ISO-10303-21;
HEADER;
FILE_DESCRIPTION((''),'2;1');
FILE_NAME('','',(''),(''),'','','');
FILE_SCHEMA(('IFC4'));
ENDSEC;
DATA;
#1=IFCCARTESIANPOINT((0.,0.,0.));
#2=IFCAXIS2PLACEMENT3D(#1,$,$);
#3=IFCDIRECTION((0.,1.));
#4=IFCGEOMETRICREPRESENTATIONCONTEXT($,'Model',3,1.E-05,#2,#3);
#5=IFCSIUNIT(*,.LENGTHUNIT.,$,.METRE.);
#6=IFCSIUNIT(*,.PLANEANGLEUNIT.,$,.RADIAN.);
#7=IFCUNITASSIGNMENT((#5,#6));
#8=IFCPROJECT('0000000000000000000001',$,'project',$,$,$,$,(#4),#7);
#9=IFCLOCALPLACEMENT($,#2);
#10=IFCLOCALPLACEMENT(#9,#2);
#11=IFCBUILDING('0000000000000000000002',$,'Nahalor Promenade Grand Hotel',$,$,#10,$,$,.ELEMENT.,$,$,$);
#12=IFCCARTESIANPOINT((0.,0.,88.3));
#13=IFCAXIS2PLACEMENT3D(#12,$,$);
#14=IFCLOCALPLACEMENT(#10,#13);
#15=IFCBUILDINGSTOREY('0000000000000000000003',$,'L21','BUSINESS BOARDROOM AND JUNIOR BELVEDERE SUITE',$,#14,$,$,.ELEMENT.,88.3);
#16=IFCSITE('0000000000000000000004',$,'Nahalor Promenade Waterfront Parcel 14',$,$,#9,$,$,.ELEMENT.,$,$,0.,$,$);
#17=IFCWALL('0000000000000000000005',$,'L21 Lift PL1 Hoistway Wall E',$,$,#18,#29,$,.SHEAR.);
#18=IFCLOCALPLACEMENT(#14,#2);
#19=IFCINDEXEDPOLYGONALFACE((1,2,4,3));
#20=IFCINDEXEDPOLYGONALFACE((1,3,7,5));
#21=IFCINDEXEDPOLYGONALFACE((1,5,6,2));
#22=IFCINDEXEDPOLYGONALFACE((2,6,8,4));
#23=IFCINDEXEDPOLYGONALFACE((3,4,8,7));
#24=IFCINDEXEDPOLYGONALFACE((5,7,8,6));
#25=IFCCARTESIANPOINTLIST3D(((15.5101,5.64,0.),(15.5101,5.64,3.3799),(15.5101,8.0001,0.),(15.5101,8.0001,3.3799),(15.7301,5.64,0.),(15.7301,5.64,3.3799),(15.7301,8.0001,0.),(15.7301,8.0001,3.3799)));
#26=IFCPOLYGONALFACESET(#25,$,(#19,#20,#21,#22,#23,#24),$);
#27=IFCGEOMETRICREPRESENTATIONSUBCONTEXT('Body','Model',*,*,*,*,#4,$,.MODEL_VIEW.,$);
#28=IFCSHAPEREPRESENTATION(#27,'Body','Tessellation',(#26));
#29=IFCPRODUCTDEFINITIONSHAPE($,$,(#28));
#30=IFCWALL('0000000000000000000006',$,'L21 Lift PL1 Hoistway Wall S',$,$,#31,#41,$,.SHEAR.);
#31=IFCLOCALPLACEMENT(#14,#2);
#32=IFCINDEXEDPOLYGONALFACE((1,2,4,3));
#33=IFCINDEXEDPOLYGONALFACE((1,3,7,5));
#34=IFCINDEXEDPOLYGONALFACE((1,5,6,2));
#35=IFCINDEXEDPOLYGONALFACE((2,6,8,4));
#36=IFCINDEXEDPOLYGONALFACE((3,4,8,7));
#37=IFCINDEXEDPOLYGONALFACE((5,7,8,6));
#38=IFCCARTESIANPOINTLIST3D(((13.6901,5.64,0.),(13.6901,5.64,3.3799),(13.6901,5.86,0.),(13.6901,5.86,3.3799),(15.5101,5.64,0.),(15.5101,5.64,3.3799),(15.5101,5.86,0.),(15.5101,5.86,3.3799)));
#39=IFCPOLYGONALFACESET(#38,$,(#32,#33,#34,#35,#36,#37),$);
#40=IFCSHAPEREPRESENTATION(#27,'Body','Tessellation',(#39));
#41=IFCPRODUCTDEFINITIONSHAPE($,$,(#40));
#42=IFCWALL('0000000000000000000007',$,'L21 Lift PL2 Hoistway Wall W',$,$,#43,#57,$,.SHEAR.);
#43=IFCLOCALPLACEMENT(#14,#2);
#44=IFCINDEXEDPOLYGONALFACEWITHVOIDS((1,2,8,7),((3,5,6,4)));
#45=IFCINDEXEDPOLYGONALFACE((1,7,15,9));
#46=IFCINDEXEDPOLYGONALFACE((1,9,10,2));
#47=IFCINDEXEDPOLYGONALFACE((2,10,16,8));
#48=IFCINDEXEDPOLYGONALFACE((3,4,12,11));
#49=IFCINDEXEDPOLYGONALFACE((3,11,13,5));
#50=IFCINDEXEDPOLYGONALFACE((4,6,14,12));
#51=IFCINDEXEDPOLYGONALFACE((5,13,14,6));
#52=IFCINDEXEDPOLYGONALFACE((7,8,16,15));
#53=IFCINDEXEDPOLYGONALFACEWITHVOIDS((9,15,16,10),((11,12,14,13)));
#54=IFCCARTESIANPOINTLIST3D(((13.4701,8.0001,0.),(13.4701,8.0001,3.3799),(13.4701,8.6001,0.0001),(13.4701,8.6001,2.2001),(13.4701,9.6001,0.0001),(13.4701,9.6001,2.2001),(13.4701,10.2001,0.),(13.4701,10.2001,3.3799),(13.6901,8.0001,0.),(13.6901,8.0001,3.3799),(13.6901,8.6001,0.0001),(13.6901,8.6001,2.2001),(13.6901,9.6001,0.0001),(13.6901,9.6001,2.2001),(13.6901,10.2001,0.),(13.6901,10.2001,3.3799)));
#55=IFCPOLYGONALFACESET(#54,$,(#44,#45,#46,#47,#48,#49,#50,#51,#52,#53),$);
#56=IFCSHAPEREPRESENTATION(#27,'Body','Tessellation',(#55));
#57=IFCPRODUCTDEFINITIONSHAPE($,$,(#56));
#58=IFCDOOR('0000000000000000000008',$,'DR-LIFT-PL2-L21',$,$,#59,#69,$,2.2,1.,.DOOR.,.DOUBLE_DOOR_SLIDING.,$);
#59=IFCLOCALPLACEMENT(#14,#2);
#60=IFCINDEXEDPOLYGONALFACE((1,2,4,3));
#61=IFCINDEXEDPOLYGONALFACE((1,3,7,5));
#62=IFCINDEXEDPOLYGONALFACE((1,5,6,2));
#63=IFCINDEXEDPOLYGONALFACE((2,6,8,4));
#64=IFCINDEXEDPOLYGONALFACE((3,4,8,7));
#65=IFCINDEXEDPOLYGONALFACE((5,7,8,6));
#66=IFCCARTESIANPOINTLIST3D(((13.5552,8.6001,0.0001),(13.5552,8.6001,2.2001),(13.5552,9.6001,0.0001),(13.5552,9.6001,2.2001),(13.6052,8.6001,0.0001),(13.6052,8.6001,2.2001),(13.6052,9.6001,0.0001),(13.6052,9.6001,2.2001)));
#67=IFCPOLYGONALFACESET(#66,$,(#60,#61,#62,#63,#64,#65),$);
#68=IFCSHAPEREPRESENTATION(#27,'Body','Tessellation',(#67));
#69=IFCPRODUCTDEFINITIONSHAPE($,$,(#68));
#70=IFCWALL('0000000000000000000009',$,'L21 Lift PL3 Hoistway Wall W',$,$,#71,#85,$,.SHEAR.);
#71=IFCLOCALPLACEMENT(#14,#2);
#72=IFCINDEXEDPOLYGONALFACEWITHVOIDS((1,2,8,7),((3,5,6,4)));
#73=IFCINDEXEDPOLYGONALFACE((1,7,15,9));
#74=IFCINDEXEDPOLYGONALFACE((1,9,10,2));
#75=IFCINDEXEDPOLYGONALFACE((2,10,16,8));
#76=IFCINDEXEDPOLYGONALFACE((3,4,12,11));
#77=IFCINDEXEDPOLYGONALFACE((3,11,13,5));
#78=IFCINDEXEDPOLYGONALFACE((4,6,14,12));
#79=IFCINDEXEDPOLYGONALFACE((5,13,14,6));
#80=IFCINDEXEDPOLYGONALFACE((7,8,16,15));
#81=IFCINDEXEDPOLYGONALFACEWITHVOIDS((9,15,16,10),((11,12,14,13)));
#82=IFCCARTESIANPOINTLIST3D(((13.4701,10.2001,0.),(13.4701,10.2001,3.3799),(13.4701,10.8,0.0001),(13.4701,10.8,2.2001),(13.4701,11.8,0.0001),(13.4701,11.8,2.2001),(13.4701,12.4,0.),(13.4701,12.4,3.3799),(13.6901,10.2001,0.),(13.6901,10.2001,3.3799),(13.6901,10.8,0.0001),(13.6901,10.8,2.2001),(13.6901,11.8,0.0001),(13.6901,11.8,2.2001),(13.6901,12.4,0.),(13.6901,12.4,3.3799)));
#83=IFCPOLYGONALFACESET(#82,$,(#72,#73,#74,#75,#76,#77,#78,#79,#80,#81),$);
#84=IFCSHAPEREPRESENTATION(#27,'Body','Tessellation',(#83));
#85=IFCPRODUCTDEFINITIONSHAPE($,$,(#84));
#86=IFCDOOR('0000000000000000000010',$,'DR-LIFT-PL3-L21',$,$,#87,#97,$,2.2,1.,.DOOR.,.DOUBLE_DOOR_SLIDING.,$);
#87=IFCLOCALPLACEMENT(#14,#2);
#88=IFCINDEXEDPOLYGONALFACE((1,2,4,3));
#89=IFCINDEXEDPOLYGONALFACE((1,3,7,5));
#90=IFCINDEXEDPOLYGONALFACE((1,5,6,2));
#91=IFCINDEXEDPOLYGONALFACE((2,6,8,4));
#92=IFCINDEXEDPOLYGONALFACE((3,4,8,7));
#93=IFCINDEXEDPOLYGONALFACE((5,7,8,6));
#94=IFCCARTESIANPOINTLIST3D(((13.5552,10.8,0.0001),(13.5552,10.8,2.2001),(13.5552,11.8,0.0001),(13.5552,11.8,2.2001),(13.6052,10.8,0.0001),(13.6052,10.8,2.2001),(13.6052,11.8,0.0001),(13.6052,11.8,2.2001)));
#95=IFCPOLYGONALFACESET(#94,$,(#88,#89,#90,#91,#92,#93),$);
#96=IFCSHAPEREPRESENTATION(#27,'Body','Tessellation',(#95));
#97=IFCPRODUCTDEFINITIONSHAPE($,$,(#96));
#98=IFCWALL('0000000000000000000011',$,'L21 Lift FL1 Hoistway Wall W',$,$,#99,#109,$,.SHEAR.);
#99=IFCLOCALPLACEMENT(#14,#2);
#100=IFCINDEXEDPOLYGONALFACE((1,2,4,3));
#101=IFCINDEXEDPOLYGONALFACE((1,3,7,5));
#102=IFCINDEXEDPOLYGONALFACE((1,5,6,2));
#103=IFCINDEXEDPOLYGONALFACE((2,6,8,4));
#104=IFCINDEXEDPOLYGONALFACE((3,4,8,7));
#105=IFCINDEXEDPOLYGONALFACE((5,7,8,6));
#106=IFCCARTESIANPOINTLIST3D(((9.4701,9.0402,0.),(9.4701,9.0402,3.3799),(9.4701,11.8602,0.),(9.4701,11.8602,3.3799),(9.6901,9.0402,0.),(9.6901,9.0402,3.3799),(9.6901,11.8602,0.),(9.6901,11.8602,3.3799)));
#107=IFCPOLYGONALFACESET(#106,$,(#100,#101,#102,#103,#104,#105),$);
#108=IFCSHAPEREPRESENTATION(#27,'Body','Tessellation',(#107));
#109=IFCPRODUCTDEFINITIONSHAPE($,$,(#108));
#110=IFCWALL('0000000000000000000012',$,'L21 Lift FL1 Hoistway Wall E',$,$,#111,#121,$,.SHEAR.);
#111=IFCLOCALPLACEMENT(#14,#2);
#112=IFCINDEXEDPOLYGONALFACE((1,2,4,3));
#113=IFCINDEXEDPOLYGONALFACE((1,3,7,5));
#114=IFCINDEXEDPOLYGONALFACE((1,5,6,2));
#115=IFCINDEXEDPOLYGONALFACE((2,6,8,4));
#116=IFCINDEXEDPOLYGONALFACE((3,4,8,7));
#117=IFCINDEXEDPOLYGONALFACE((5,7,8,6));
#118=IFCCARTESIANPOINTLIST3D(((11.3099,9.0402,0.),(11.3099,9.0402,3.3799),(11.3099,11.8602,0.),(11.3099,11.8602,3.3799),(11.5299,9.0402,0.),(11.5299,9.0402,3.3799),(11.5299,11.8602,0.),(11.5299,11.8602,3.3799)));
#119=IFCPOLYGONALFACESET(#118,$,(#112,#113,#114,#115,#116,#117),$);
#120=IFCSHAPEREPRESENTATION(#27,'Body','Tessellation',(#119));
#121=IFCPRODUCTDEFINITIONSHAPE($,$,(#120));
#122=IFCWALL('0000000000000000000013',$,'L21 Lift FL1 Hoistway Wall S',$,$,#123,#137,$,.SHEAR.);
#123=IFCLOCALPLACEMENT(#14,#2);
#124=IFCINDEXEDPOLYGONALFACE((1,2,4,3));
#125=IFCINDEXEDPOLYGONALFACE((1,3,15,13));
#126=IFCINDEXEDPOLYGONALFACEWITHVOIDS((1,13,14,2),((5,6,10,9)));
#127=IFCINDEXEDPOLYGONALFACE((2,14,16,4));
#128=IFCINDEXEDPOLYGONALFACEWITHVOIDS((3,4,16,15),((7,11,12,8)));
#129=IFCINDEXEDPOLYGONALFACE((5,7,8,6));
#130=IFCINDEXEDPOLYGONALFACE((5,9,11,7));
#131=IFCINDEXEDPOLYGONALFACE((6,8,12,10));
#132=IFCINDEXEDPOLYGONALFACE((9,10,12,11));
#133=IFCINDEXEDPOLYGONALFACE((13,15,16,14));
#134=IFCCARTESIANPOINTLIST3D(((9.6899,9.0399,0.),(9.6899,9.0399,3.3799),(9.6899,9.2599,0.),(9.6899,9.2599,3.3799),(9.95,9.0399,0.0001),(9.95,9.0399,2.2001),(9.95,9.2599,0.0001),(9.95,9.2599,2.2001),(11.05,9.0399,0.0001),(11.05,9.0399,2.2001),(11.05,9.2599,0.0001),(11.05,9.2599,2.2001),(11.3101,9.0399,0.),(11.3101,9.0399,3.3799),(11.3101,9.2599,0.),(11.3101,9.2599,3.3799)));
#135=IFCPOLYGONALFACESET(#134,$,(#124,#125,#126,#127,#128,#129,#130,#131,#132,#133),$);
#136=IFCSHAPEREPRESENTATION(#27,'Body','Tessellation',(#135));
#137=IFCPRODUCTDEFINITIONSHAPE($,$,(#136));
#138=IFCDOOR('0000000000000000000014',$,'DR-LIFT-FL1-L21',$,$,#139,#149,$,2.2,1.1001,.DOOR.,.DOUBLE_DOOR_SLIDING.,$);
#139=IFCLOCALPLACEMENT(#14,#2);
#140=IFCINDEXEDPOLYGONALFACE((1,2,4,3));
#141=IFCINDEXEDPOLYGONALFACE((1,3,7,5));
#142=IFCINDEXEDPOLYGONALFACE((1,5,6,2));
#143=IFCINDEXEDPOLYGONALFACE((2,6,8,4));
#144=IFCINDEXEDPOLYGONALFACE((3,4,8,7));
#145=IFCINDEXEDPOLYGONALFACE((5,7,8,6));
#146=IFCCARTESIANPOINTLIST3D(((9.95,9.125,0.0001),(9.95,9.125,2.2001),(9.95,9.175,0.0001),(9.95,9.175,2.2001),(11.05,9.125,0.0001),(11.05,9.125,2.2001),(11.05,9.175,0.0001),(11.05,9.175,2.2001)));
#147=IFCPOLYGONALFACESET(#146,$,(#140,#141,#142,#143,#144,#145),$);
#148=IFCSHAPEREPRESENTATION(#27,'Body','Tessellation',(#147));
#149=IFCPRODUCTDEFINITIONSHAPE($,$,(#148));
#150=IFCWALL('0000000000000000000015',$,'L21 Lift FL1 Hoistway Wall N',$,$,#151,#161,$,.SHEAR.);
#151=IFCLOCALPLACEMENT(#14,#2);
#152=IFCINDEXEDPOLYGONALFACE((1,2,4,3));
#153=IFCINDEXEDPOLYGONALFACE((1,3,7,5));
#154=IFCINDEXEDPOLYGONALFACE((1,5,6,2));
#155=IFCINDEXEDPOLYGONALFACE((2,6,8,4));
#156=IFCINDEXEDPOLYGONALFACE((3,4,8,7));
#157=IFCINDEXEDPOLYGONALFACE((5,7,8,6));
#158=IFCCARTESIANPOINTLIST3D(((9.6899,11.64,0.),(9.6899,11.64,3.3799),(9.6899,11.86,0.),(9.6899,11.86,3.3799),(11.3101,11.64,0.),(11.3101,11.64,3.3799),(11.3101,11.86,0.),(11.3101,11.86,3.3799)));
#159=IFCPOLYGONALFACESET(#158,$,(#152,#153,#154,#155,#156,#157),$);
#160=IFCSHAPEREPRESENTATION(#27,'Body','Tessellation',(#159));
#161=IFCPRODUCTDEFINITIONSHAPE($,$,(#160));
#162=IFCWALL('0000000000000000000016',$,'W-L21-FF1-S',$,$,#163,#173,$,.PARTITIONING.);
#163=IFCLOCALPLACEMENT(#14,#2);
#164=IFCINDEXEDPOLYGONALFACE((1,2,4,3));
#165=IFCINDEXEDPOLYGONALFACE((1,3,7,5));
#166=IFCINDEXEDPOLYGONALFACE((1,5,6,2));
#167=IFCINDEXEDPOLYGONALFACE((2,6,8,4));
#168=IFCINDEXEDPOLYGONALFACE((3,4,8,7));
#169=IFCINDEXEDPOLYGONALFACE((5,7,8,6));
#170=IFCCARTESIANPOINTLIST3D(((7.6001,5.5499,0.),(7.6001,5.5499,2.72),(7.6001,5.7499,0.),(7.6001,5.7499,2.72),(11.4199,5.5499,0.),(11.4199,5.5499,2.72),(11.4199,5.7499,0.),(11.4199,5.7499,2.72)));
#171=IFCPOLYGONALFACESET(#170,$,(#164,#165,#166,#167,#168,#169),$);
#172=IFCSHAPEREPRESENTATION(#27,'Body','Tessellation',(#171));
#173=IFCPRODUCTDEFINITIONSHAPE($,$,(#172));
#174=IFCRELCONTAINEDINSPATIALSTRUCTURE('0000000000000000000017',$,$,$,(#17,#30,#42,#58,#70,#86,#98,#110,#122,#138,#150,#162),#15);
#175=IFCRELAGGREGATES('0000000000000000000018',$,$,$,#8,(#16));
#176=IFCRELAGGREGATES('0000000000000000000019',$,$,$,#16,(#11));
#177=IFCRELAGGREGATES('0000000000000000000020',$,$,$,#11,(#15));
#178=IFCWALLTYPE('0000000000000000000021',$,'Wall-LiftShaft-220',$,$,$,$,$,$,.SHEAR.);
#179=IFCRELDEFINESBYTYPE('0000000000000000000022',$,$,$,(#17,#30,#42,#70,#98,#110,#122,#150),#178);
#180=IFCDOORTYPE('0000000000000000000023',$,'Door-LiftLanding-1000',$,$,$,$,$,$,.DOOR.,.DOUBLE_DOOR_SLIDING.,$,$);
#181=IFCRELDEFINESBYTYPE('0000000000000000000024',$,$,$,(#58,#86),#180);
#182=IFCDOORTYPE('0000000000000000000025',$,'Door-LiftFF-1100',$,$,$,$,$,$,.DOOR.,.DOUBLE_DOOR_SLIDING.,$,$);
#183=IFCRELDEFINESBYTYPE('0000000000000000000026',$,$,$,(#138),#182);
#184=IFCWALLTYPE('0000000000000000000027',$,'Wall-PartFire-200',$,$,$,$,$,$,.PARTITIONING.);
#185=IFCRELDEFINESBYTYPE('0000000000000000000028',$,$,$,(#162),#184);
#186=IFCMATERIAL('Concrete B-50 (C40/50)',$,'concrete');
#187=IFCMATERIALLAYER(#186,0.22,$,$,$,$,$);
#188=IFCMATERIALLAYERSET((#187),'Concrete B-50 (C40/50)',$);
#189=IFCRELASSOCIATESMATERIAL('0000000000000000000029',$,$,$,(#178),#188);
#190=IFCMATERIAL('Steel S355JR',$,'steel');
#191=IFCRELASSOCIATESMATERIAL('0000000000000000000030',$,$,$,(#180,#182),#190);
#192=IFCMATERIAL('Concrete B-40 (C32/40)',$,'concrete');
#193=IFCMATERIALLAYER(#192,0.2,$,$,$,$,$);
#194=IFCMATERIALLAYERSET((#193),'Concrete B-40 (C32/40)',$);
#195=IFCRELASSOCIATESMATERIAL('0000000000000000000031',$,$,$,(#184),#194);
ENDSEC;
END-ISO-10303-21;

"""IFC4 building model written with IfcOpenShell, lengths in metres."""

from ifc_helpers import new_model, si_unit, direction, frame, frame_2d, origin, place, context, subcontext, project, spatial, rectangle, extrude, source, transform, mapped, material, layer, layer_set, type_object, element, fill, save


model = new_model("IFC4")

# Units and contexts
model_context = context("Model", 3, precision=1e-05, world=origin(), true_north=direction((0.0, 1.0)))
body_context = subcontext(model_context, "Body", "Model", "MODEL_VIEW")
ifc_project = project(units=[si_unit("LENGTHUNIT", "METRE"), si_unit("PLANEANGLEUNIT", "RADIAN")], contexts=[model_context])

# Site, building, storey
site_placement = place(None, origin())
site = spatial("IfcSite", under=ifc_project, at=site_placement, Name="Nahalor Promenade Waterfront Parcel 14", CompositionType="ELEMENT", RefElevation=0.0)
building_placement = place(site_placement, origin())
building = spatial("IfcBuilding", under=site, at=building_placement, Name="Nahalor Promenade Grand Hotel", CompositionType="ELEMENT")
storey_placement = place(building_placement, frame((0.0, 0.0, 88.3)))
storey = spatial("IfcBuildingStorey", under=building, at=storey_placement, Name="L21", Description="BUSINESS BOARDROOM AND JUNIOR BELVEDERE SUITE", CompositionType="ELEMENT", Elevation=88.3)

# Shared definitions
ifc_material_1 = material(Name="Steel S355JR", Category="steel")

# Shared definitions
ifc_material_2 = material(Name="Concrete B-50 (C40/50)", Category="concrete")

# Shared definitions
ifc_layer_1 = layer(ifc_material_2, 0.22)
ifc_layer_set_1 = layer_set([ifc_layer_1], Name="Concrete B-50 (C40/50)")
wall_type_1 = type_object("IfcWallType", Name="Wall-LiftShaft-220", PredefinedType="SHEAR", material=ifc_layer_set_1)

# Shared definitions
shared_shape_1 = source(origin(), body_context, "Body", "SweptSolid", [
    extrude(rectangle(XDim=2.3601, YDim=0.22, at=frame_2d((1.1802, 0.0))), origin(), (0.0, 0.0, 1.0), 3.3799),
])
door_type_1 = type_object("IfcDoorType", Name="Door-LiftLanding-1000", OperationType="DOUBLE_DOOR_SLIDING", PredefinedType="DOOR", material=ifc_material_1)
shared_shape_2 = source(origin(), body_context, "Body", "SweptSolid", [
    extrude(rectangle(XDim=1.0, YDim=2.2, at=frame_2d((0.5, 1.1001))), frame((0.0, 0.0249, 0.0), z_axis=(0.0, -1.0, 0.0), x_axis=(1.0, 0.0, 0.0)), (0.0, 0.0, 1.0), 0.05),
])

# Walls
wall_1_placement = place(storey_placement, frame((15.6201, 5.6399, 0.0), z_axis=(0.0, 0.0, 1.0), x_axis=(0.0, 1.0, 0.0)))
element("IfcWall", 1, at=wall_1_placement, inside=storey, type_object=wall_type_1, Name="L21 Lift PL1 Hoistway Wall E", PredefinedType="SHEAR", context=body_context, shape_type="MappedRepresentation", body=[
    mapped(shared_shape_1, transform((0.0, 0.0, 0.0), scale=1.0)),
])
shared_shape_3 = source(origin(), body_context, "Body", "SweptSolid", [
    extrude(rectangle(XDim=1.8201, YDim=0.22, at=frame_2d((0.9102, 0.0))), origin(), (0.0, 0.0, 1.0), 3.3799),
])
wall_2_placement = place(storey_placement, frame((13.6899, 5.75, 0.0), z_axis=(0.0, 0.0, 1.0), x_axis=(1.0, 0.0, 0.0)))
element("IfcWall", 2, at=wall_2_placement, inside=storey, type_object=wall_type_1, Name="L21 Lift PL1 Hoistway Wall S", PredefinedType="SHEAR", context=body_context, shape_type="MappedRepresentation", body=[
    mapped(shared_shape_3, transform((0.0, 0.0, 0.0), scale=1.0)),
])

# Walls, openings, doors
shared_shape_4 = source(origin(), body_context, "Body", "SweptSolid", [
    extrude(rectangle(XDim=2.2, YDim=0.22, at=frame_2d((1.1001, 0.0))), origin(), (0.0, 0.0, 1.0), 3.3799),
])
wall_3_placement = place(storey_placement, frame((13.5801, 8.0, 0.0), z_axis=(0.0, 0.0, 1.0), x_axis=(0.0, 1.0, 0.0)))
wall_3 = element("IfcWall", 3, at=wall_3_placement, inside=storey, type_object=wall_type_1, Name="L21 Lift PL2 Hoistway Wall W", PredefinedType="SHEAR", context=body_context, shape_type="MappedRepresentation", body=[
    mapped(shared_shape_4, transform((0.0, 0.0, 0.0), scale=1.0)),
])
opening_1_placement = place(wall_3_placement, frame((0.6001, 0.0, 0.0)))
opening_1 = element("IfcOpeningElement", 4, at=opening_1_placement, cuts=wall_3, PredefinedType="OPENING", context=body_context, shape_type="SweptSolid", body=[
    extrude(rectangle(XDim=1.0, YDim=2.2, at=frame_2d((0.5, 1.1001))), frame((0.0, 0.1199, 0.0), z_axis=(0.0, -1.0, 0.0), x_axis=(1.0, 0.0, 0.0)), (0.0, 0.0, 1.0), 0.24),
])
door_1_placement = place(opening_1_placement, origin())
door_1 = element("IfcDoor", 5, at=door_1_placement, inside=storey, type_object=door_type_1, Name="DR-LIFT-PL2-L21", OperationType="DOUBLE_DOOR_SLIDING", OverallHeight=2.2, OverallWidth=1.0, PredefinedType="DOOR", context=body_context, shape_type="MappedRepresentation", body=[
    mapped(shared_shape_2, transform((0.0, 0.0, 0.0), scale=1.0)),
])
fill(opening_1, door_1)
wall_4_placement = place(storey_placement, frame((13.5801, 10.2, 0.0), z_axis=(0.0, 0.0, 1.0), x_axis=(0.0, 1.0, 0.0)))
wall_4 = element("IfcWall", 6, at=wall_4_placement, inside=storey, type_object=wall_type_1, Name="L21 Lift PL3 Hoistway Wall W", PredefinedType="SHEAR", context=body_context, shape_type="MappedRepresentation", body=[
    mapped(shared_shape_4, transform((0.0, 0.0, 0.0), scale=1.0)),
])
opening_2_placement = place(wall_4_placement, frame((0.6001, 0.0, 0.0)))
opening_2 = element("IfcOpeningElement", 7, at=opening_2_placement, cuts=wall_4, PredefinedType="OPENING", context=body_context, shape_type="SweptSolid", body=[
    extrude(rectangle(XDim=1.0, YDim=2.2, at=frame_2d((0.5, 1.1001))), frame((0.0, 0.1199, 0.0), z_axis=(0.0, -1.0, 0.0), x_axis=(1.0, 0.0, 0.0)), (0.0, 0.0, 1.0), 0.24),
])
door_2_placement = place(opening_2_placement, origin())
door_2 = element("IfcDoor", 8, at=door_2_placement, inside=storey, type_object=door_type_1, Name="DR-LIFT-PL3-L21", OperationType="DOUBLE_DOOR_SLIDING", OverallHeight=2.2, OverallWidth=1.0, PredefinedType="DOOR", context=body_context, shape_type="MappedRepresentation", body=[
    mapped(shared_shape_2, transform((0.0, 0.0, 0.0), scale=1.0)),
])
fill(opening_2, door_2)

# Walls
shared_shape_5 = source(origin(), body_context, "Body", "SweptSolid", [
    extrude(rectangle(XDim=2.8201, YDim=0.22, at=frame_2d((1.4102, 0.0))), origin(), (0.0, 0.0, 1.0), 3.3799),
])
for number, where, z_axis, x_axis, name in (
    (9, (9.5801, 9.04, 0.0), (0.0, 0.0, 1.0), (0.0, 1.0, 0.0), "L21 Lift FL1 Hoistway Wall W"),
    (10, (11.4199, 9.04, 0.0), (0.0, 0.0, 1.0), (0.0, 1.0, 0.0), "L21 Lift FL1 Hoistway Wall E"),
):
    element("IfcWall", number, at=place(storey_placement, frame(where, z_axis=z_axis, x_axis=x_axis)), inside=storey, type_object=wall_type_1, Name=name, PredefinedType="SHEAR", context=body_context, shape_type="MappedRepresentation", body=[
        mapped(shared_shape_5, transform((0.0, 0.0, 0.0), scale=1.0)),
    ])

# Wall, opening, door
shared_shape_6 = source(origin(), body_context, "Body", "SweptSolid", [
    extrude(rectangle(XDim=1.6201, YDim=0.22, at=frame_2d((0.8101, 0.0))), origin(), (0.0, 0.0, 1.0), 3.3799),
])
wall_5_placement = place(storey_placement, frame((9.6899, 9.1499, 0.0), z_axis=(0.0, 0.0, 1.0), x_axis=(1.0, 0.0, 0.0)))
wall_5 = element("IfcWall", 11, at=wall_5_placement, inside=storey, type_object=wall_type_1, Name="L21 Lift FL1 Hoistway Wall S", PredefinedType="SHEAR", context=body_context, shape_type="MappedRepresentation", body=[
    mapped(shared_shape_6, transform((0.0, 0.0, 0.0), scale=1.0)),
])
opening_3_placement = place(wall_5_placement, frame((0.26, 0.0, 0.0)))
opening_3 = element("IfcOpeningElement", 12, at=opening_3_placement, cuts=wall_5, PredefinedType="OPENING", context=body_context, shape_type="SweptSolid", body=[
    extrude(rectangle(XDim=1.1001, YDim=2.2, at=frame_2d((0.55, 1.1001))), frame((0.0, 0.1199, 0.0), z_axis=(0.0, -1.0, 0.0), x_axis=(1.0, 0.0, 0.0)), (0.0, 0.0, 1.0), 0.24),
])
door_type_2 = type_object("IfcDoorType", Name="Door-LiftFF-1100", OperationType="DOUBLE_DOOR_SLIDING", PredefinedType="DOOR", material=ifc_material_1)
shared_shape_7 = source(origin(), body_context, "Body", "SweptSolid", [
    extrude(rectangle(XDim=1.1001, YDim=2.2, at=frame_2d((0.55, 1.1001))), frame((0.0, 0.0249, 0.0), z_axis=(0.0, -1.0, 0.0), x_axis=(1.0, 0.0, 0.0)), (0.0, 0.0, 1.0), 0.05),
])
door_3_placement = place(opening_3_placement, frame((1.1001, 0.0, 0.0), z_axis=(0.0, 0.0, 1.0), x_axis=(-1.0, 0.0, 0.0)))
door_3 = element("IfcDoor", 13, at=door_3_placement, inside=storey, type_object=door_type_2, Name="DR-LIFT-FL1-L21", OperationType="DOUBLE_DOOR_SLIDING", OverallHeight=2.2, OverallWidth=1.1001, PredefinedType="DOOR", context=body_context, shape_type="MappedRepresentation", body=[
    mapped(shared_shape_7, transform((0.0, 0.0, 0.0), scale=1.0)),
])
fill(opening_3, door_3)

# Walls
wall_6_placement = place(storey_placement, frame((9.6899, 11.75, 0.0), z_axis=(0.0, 0.0, 1.0), x_axis=(1.0, 0.0, 0.0)))
element("IfcWall", 14, at=wall_6_placement, inside=storey, type_object=wall_type_1, Name="L21 Lift FL1 Hoistway Wall N", PredefinedType="SHEAR", context=body_context, shape_type="MappedRepresentation", body=[
    mapped(shared_shape_6, transform((0.0, 0.0, 0.0), scale=1.0)),
])
ifc_material_3 = material(Name="Concrete B-40 (C32/40)", Category="concrete")
ifc_layer_2 = layer(ifc_material_3, 0.2)
ifc_layer_set_2 = layer_set([ifc_layer_2], Name="Concrete B-40 (C32/40)")
wall_type_2 = type_object("IfcWallType", Name="Wall-PartFire-200", PredefinedType="PARTITIONING", material=ifc_layer_set_2)
shared_shape_8 = source(origin(), body_context, "Body", "SweptSolid", [
    extrude(rectangle(XDim=3.8198, YDim=0.2, at=frame_2d((1.9099, 0.0))), origin(), (0.0, 0.0, 1.0), 2.72),
])
wall_7_placement = place(storey_placement, frame((7.6001, 5.6499, 0.0), z_axis=(0.0, 0.0, 1.0), x_axis=(1.0, 0.0, 0.0)))
element("IfcWall", 15, at=wall_7_placement, inside=storey, type_object=wall_type_2, Name="W-L21-FF1-S", PredefinedType="PARTITIONING", context=body_context, shape_type="MappedRepresentation", body=[
    mapped(shared_shape_8, transform((0.0, 0.0, 0.0), scale=1.0)),
])

save(model, "model.ifc")
